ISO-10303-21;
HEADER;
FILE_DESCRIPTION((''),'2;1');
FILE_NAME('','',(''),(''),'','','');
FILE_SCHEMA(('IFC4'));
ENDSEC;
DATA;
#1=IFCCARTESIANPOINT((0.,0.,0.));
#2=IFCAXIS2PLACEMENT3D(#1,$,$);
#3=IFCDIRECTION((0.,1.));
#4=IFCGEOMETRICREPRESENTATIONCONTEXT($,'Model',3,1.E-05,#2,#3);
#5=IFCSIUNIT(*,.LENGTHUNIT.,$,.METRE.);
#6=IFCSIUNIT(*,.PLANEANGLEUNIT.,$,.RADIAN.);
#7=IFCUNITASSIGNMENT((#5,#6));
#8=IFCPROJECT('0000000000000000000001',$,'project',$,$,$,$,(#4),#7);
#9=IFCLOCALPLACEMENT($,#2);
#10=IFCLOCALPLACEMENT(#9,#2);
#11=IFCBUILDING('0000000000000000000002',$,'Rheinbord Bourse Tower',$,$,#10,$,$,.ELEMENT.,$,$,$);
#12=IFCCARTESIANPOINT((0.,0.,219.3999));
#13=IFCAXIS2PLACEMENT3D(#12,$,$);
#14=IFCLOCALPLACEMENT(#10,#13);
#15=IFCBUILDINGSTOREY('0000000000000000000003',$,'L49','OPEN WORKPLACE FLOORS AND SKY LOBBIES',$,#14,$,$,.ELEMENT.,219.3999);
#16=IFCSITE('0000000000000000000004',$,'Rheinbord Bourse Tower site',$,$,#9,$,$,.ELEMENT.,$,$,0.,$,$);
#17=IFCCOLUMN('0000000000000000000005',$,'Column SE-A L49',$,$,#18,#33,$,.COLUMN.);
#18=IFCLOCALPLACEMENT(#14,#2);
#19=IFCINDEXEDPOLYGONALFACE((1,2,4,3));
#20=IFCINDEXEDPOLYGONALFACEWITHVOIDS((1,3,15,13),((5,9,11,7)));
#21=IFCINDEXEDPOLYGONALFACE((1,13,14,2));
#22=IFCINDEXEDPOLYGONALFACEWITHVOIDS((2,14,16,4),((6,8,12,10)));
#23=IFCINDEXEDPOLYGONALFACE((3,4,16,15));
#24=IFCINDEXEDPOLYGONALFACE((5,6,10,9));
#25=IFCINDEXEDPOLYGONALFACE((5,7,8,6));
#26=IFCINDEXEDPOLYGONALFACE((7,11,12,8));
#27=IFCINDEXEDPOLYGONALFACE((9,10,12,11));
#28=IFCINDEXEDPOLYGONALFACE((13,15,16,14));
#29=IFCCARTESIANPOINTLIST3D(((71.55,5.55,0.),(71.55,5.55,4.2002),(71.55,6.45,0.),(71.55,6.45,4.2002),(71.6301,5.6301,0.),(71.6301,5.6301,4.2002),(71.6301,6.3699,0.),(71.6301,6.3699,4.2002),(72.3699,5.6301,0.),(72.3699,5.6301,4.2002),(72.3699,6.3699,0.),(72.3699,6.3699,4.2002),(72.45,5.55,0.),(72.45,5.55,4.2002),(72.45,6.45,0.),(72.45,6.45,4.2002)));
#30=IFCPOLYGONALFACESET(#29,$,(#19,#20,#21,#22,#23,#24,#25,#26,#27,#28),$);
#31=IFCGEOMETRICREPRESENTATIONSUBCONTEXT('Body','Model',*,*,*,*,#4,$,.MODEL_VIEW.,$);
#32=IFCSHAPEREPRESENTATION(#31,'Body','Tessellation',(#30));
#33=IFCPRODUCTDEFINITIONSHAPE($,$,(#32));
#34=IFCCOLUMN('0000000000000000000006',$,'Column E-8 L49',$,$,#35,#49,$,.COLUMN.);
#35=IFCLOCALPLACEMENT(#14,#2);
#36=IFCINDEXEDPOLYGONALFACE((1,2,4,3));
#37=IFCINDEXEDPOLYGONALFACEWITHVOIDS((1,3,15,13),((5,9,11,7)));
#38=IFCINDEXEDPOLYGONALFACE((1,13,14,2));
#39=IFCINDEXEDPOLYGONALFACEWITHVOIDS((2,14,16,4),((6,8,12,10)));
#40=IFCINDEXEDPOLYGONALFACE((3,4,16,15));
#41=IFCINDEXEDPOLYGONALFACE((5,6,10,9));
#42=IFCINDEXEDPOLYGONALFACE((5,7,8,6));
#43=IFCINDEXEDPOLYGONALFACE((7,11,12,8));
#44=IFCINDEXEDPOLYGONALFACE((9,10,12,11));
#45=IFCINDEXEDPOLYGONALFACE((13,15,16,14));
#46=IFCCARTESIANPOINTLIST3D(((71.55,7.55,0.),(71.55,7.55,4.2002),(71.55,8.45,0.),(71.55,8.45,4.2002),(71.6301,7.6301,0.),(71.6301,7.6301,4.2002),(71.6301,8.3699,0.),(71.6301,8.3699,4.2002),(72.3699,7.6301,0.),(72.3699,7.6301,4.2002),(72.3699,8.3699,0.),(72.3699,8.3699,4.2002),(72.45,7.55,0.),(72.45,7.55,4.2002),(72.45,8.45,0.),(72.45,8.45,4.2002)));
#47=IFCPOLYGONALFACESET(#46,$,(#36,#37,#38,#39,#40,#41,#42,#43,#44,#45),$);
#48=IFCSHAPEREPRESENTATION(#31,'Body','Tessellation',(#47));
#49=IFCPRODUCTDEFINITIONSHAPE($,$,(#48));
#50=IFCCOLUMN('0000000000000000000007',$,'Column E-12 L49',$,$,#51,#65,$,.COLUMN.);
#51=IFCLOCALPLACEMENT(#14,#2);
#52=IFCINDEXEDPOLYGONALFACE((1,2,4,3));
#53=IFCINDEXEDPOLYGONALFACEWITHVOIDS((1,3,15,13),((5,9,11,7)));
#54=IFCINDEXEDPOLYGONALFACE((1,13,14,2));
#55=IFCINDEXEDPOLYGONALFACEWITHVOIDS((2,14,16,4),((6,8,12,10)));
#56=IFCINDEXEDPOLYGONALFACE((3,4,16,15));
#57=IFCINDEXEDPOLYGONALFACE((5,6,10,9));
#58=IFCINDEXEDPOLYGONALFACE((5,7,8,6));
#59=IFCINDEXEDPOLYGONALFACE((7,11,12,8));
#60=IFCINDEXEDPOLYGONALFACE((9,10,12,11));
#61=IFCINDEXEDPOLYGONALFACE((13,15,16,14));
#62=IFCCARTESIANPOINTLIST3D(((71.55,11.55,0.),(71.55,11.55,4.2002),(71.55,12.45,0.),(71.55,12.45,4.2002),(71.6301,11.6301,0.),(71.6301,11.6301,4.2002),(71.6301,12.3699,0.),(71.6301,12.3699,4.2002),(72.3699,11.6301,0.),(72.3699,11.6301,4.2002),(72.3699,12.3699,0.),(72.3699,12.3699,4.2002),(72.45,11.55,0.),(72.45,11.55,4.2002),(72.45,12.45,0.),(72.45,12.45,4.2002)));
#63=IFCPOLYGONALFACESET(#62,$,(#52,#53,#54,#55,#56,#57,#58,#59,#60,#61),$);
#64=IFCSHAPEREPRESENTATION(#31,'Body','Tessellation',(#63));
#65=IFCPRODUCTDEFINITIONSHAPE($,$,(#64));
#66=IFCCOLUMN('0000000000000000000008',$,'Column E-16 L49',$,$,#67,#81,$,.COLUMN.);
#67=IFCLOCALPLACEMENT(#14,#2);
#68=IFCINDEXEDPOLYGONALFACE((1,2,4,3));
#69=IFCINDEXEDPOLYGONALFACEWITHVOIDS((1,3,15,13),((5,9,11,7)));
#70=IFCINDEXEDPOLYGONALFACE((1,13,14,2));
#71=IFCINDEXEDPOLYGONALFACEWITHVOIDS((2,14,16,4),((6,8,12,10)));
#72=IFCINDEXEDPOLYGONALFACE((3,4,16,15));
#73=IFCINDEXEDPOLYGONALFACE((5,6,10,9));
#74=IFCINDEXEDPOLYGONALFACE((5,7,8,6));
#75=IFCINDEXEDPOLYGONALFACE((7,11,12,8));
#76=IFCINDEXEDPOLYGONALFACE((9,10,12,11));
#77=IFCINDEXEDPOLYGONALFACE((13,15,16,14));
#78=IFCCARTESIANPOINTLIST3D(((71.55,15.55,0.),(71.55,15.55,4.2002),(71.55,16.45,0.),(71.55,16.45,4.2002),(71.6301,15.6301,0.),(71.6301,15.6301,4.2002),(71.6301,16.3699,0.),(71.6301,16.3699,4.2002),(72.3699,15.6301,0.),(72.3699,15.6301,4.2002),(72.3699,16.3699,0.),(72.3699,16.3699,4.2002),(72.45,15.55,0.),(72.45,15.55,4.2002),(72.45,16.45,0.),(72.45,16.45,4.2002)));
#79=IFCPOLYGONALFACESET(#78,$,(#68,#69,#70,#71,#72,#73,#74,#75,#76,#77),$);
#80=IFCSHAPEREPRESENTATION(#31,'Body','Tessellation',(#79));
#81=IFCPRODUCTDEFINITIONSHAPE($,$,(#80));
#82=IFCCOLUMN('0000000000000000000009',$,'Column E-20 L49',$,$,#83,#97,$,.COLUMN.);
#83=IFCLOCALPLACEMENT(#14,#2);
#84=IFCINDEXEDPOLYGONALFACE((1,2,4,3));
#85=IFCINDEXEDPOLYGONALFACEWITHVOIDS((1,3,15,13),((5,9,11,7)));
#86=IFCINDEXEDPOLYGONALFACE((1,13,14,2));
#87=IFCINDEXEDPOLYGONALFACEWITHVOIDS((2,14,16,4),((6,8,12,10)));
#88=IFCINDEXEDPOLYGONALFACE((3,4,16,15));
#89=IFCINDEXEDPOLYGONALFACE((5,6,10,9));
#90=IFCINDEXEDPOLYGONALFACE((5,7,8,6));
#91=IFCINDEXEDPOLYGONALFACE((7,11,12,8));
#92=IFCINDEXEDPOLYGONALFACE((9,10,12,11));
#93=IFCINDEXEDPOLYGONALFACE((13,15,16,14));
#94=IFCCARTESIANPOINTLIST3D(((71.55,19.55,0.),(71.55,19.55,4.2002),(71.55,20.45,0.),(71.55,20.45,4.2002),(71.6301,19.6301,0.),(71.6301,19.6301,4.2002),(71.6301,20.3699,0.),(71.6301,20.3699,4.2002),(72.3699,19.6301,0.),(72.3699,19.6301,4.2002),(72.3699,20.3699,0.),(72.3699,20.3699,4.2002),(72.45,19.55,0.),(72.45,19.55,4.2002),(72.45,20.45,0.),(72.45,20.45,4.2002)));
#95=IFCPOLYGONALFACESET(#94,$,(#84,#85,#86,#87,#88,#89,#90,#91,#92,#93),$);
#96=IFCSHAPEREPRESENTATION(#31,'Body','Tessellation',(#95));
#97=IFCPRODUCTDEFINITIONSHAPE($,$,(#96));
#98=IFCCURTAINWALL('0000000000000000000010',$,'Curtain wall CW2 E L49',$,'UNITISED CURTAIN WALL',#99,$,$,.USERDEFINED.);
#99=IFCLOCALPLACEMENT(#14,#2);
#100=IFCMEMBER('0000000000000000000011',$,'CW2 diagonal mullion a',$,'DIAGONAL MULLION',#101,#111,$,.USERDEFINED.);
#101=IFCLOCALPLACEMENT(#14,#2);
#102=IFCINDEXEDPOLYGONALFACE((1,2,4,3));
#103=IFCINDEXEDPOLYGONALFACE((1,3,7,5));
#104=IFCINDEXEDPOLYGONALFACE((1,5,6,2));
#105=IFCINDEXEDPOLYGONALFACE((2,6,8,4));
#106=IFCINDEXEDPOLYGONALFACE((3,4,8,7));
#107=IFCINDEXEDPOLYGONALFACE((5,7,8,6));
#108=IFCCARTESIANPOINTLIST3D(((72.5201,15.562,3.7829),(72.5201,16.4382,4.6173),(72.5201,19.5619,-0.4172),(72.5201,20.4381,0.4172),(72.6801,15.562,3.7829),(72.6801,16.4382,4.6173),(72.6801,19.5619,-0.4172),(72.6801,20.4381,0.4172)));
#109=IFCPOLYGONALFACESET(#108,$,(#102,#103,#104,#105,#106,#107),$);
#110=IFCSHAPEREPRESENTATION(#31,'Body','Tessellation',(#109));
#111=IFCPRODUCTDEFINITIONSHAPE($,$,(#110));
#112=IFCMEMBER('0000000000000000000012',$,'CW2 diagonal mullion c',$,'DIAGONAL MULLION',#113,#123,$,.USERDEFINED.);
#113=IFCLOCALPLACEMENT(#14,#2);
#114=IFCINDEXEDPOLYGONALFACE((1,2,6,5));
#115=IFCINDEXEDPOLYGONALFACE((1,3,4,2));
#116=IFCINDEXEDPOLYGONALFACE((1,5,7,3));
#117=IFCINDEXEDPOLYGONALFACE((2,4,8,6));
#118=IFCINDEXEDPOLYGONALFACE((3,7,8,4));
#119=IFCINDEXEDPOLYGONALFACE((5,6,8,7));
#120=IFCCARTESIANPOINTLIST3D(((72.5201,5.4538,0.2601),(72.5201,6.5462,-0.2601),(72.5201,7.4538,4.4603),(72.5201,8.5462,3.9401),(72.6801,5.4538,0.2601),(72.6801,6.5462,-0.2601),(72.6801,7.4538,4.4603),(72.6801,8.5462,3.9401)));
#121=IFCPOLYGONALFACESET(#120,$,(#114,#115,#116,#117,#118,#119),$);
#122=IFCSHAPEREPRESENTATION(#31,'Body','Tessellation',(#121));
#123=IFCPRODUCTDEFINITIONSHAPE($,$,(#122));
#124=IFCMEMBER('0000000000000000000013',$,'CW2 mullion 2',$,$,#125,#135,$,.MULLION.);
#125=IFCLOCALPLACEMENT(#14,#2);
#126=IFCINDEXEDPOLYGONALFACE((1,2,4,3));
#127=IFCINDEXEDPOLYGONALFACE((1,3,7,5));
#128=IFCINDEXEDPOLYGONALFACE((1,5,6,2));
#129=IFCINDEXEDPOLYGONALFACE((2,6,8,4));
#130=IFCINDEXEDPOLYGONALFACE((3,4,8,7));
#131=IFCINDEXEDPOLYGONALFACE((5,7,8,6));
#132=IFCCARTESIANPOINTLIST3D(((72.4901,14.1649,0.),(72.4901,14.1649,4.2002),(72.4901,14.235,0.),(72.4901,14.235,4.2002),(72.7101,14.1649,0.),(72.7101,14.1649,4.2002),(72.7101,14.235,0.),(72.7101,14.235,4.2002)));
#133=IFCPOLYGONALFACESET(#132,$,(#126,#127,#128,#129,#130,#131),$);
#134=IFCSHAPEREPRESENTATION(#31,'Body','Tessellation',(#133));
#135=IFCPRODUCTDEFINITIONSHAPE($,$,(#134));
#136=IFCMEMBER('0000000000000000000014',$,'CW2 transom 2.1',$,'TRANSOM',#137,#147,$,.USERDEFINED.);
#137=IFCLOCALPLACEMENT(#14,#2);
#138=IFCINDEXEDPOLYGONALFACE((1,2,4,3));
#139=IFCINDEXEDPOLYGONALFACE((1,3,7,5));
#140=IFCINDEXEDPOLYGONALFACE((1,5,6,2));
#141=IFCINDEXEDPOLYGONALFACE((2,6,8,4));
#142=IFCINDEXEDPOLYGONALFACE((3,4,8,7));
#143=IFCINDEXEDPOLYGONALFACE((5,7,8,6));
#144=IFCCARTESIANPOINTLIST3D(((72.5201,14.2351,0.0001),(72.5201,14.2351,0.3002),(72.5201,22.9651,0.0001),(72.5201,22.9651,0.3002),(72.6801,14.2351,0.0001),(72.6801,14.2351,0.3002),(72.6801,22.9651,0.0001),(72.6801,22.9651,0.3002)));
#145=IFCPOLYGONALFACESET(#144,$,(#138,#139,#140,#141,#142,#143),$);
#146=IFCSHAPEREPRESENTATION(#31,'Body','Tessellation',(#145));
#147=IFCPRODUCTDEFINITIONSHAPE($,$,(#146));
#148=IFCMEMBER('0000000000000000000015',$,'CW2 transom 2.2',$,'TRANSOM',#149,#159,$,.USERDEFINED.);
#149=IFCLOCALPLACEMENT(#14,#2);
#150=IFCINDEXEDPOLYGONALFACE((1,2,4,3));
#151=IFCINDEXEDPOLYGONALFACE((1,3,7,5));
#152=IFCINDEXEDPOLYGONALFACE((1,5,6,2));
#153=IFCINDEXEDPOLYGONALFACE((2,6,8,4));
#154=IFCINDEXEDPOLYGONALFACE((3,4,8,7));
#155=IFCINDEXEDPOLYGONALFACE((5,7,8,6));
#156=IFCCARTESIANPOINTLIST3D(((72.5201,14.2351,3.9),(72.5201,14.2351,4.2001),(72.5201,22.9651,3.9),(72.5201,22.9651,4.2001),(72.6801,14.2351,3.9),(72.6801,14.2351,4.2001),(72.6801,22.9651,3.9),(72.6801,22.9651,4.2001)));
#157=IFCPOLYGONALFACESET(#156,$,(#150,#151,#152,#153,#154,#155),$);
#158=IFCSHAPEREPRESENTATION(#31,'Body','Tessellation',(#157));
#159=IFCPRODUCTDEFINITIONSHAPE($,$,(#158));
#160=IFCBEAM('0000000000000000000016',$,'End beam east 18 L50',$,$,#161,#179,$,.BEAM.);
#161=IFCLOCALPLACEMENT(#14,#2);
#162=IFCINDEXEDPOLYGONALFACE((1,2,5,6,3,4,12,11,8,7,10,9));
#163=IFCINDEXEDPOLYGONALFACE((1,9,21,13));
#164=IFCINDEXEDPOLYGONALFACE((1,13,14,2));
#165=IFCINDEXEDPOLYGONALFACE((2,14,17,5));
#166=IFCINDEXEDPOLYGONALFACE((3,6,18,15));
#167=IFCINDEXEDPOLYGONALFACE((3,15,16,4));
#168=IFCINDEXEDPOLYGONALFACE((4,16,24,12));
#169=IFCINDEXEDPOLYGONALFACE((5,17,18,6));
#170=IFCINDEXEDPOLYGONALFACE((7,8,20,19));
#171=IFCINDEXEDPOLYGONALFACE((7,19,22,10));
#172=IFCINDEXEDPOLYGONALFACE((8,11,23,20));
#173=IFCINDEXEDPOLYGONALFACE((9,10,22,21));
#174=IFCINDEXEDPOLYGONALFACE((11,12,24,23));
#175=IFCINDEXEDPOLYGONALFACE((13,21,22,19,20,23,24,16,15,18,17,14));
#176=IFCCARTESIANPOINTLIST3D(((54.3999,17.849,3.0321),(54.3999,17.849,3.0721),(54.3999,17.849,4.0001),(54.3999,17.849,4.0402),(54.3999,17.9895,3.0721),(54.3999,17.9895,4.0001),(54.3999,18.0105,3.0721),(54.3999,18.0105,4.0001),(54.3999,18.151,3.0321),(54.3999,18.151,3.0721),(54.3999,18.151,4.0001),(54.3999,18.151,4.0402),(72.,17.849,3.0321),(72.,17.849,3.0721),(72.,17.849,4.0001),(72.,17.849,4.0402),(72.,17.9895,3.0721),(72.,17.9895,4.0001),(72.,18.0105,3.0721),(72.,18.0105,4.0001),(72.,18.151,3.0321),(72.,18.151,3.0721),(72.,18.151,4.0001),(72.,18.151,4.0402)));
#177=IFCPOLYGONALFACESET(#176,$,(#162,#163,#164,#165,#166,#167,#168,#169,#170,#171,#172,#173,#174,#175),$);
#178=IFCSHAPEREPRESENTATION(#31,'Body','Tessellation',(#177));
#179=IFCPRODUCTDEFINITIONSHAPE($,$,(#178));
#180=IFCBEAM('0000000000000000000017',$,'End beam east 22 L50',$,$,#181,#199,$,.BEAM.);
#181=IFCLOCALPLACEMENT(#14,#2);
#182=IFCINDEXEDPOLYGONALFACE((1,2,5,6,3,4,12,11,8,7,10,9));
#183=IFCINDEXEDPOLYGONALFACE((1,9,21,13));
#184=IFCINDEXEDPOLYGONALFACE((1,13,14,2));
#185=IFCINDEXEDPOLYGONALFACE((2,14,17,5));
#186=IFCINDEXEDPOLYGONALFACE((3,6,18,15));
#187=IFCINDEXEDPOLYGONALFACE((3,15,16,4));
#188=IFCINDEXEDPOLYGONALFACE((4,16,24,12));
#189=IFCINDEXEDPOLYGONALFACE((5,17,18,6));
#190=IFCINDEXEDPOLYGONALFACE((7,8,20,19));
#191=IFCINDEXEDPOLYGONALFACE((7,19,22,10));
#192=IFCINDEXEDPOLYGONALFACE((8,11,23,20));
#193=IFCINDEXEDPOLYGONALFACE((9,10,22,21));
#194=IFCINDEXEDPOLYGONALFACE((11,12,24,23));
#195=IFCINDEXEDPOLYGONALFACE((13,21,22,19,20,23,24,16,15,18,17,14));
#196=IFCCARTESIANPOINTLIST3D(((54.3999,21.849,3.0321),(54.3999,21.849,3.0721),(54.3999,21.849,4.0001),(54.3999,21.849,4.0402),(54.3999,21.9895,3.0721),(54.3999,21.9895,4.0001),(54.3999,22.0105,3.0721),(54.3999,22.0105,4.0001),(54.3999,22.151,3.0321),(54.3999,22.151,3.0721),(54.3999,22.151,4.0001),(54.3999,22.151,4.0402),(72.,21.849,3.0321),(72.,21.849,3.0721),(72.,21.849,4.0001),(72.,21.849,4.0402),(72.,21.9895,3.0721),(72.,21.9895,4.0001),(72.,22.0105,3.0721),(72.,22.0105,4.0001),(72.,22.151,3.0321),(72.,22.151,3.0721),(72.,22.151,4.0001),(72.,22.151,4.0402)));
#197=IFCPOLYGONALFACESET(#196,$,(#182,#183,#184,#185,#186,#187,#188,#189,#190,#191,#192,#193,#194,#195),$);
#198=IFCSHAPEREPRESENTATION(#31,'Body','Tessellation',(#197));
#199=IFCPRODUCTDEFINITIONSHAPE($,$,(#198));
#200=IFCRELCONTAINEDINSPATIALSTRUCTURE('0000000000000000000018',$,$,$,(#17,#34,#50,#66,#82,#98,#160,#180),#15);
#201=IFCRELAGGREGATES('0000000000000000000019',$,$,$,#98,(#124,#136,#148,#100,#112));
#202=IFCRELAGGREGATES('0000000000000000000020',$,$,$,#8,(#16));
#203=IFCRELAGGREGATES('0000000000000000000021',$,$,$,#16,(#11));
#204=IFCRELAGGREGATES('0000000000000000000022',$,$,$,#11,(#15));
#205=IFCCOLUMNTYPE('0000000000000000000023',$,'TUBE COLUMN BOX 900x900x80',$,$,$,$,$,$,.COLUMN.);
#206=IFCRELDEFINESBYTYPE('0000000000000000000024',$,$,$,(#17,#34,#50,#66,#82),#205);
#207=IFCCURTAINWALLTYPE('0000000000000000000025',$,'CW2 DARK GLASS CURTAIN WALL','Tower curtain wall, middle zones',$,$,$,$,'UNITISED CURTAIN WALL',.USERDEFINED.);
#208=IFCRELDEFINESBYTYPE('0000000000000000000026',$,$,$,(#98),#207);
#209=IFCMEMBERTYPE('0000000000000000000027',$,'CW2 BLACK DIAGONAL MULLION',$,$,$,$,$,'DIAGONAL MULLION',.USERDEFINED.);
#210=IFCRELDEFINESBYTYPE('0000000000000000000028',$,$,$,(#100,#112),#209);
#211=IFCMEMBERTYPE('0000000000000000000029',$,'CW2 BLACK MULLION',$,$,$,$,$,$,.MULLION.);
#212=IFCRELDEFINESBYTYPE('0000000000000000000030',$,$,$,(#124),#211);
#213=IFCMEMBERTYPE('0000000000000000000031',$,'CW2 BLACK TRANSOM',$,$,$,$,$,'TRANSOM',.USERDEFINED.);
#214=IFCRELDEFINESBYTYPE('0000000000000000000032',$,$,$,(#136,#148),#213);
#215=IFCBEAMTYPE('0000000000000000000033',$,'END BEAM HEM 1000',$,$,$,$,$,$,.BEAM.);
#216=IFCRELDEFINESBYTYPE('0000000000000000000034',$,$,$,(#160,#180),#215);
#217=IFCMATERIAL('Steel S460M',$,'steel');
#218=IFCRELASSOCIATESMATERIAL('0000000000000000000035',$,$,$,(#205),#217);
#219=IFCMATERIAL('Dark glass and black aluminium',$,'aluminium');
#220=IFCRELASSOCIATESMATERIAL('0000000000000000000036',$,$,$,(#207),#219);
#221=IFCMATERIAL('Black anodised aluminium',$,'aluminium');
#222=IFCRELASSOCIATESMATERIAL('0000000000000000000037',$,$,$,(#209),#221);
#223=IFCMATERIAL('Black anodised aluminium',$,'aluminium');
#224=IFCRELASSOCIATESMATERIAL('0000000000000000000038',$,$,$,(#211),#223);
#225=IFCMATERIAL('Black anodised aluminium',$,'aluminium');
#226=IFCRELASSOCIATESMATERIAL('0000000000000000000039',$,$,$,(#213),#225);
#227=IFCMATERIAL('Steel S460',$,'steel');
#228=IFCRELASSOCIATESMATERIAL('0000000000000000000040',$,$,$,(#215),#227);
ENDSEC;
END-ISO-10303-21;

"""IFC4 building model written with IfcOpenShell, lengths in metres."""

from ifc_helpers import new_model, si_unit, direction, frame, origin, origin_2d, place, context, subcontext, project, spatial, rectangle, hollow_rectangle, i_section, extrude, material, material_profile, profile_set, type_object, element, aggregate, save


model = new_model("IFC4")

# Units and contexts
model_context = context("Model", 3, precision=1e-05, world=origin(), true_north=direction((0.0, 1.0)))
body_context = subcontext(model_context, "Body", "Model", "MODEL_VIEW")
ifc_project = project(units=[si_unit("LENGTHUNIT", "METRE"), si_unit("PLANEANGLEUNIT", "RADIAN")], contexts=[model_context])

# Site, building, storey
site_placement = place(None, origin())
site = spatial("IfcSite", under=ifc_project, at=site_placement, Name="Rheinbord Bourse Tower site", CompositionType="ELEMENT", RefElevation=0.0)
building_placement = place(site_placement, origin())
building = spatial("IfcBuilding", under=site, at=building_placement, Name="Rheinbord Bourse Tower", CompositionType="ELEMENT")
storey_placement = place(building_placement, frame((0.0, 0.0, 219.3999)))
storey = spatial("IfcBuildingStorey", under=building, at=storey_placement, Name="L49", Description="OPEN WORKPLACE FLOORS AND SKY LOBBIES", CompositionType="ELEMENT", Elevation=219.3999)

# Columns
ifc_material_1 = material(Name="Steel S460M", Category="steel")
ifc_material_profile_1 = material_profile(ifc_material_1, hollow_rectangle(XDim=0.8999, YDim=0.8999, WallThickness=0.0801, at=origin_2d()), Name="BOX 900x900x80")
ifc_profile_set_1 = profile_set([ifc_material_profile_1], Name="Steel S460M")
column_type = type_object("IfcColumnType", Name="TUBE COLUMN BOX 900x900x80", PredefinedType="COLUMN", material=ifc_profile_set_1)
for number, where, z_axis, x_axis, name in (
    (1, (72.0, 6.0, 0.0), (0.0, 0.0, 1.0), (1.0, 0.0, 0.0), "Column SE-A L49"),
    (2, (72.0, 8.0, 0.0), (0.0, 0.0, 1.0), (1.0, 0.0, 0.0), "Column E-8 L49"),
    (3, (72.0, 12.0, 0.0), (0.0, 0.0, 1.0), (1.0, 0.0, 0.0), "Column E-12 L49"),
    (4, (72.0, 16.0, 0.0), (0.0, 0.0, 1.0), (1.0, 0.0, 0.0), "Column E-16 L49"),
    (5, (72.0, 20.0, 0.0), (0.0, 0.0, 1.0), (1.0, 0.0, 0.0), "Column E-20 L49"),
):
    element("IfcColumn", number, at=place(storey_placement, frame(where, z_axis=z_axis, x_axis=x_axis)), inside=storey, type_object=column_type, Name=name, PredefinedType="COLUMN", context=body_context, shape_type="SweptSolid", body=[
        extrude(hollow_rectangle(XDim=0.8999, YDim=0.8999, WallThickness=0.0801, at=origin_2d()), origin(), (0.0, 0.0, 1.0), 4.2002),
    ])

# Curtain wall, members
ifc_material_2 = material(Name="Dark glass and black aluminium", Category="aluminium")
curtain_wall_type = type_object("IfcCurtainWallType", Name="CW2 DARK GLASS CURTAIN WALL", Description="Tower curtain wall, middle zones", ElementType="UNITISED CURTAIN WALL", PredefinedType="USERDEFINED", material=ifc_material_2)
curtain_wall_placement = place(storey_placement, origin())
curtain_wall = element("IfcCurtainWall", 6, at=curtain_wall_placement, inside=storey, type_object=curtain_wall_type, Name="Curtain wall CW2 E L49", ObjectType="UNITISED CURTAIN WALL", PredefinedType="USERDEFINED")
ifc_material_3 = material(Name="Black anodised aluminium", Category="aluminium")
ifc_material_profile_2 = material_profile(ifc_material_3, rectangle(XDim=0.1599, YDim=1.21, at=origin_2d()), Name="CW2 DIAGONAL MULLION 1210x160")
ifc_profile_set_2 = profile_set([ifc_material_profile_2], Name="Black anodised aluminium")
member_type_1 = type_object("IfcMemberType", Name="CW2 BLACK DIAGONAL MULLION", ElementType="DIAGONAL MULLION", PredefinedType="USERDEFINED", material=ifc_profile_set_2)
member_1_placement = place(storey_placement, frame((72.6001, 20.0, 0.0), z_axis=(0.0, -0.689638, 0.724154), x_axis=(1.0, 0.0, 0.0)))
member_1 = element("IfcMember", 7, at=member_1_placement, type_object=member_type_1, Name="CW2 diagonal mullion a", ObjectType="DIAGONAL MULLION", PredefinedType="USERDEFINED", context=body_context, shape_type="SweptSolid", body=[
    extrude(rectangle(XDim=0.1599, YDim=1.21, at=origin_2d()), origin(), (0.0, 0.0, 1.0), 5.8),
])
member_2_placement = place(storey_placement, frame((72.6001, 6.0, 0.0), z_axis=(0.0, 0.429917, 0.902868), x_axis=(-1.0, 0.0, 0.0)))
member_2 = element("IfcMember", 8, at=member_2_placement, type_object=member_type_1, Name="CW2 diagonal mullion c", ObjectType="DIAGONAL MULLION", PredefinedType="USERDEFINED", context=body_context, shape_type="SweptSolid", body=[
    extrude(rectangle(XDim=0.1599, YDim=1.21, at=origin_2d()), origin(), (0.0, 0.0, 1.0), 4.6521),
])
ifc_material_4 = material(Name="Black anodised aluminium", Category="aluminium")
ifc_material_profile_3 = material_profile(ifc_material_4, rectangle(XDim=0.22, YDim=0.0701, at=origin_2d()), Name="CW2 MULLION 70x220")
ifc_profile_set_3 = profile_set([ifc_material_profile_3], Name="Black anodised aluminium")
member_type_2 = type_object("IfcMemberType", Name="CW2 BLACK MULLION", PredefinedType="MULLION", material=ifc_profile_set_3)
member_3_placement = place(storey_placement, frame((72.6001, 14.2, 0.0), z_axis=(0.0, 0.0, 1.0), x_axis=(-1.0, 0.0, 0.0)))
member_3 = element("IfcMember", 9, at=member_3_placement, type_object=member_type_2, Name="CW2 mullion 2", PredefinedType="MULLION", context=body_context, shape_type="SweptSolid", body=[
    extrude(rectangle(XDim=0.22, YDim=0.0701, at=origin_2d()), origin(), (0.0, 0.0, 1.0), 4.2002),
])
ifc_material_5 = material(Name="Black anodised aluminium", Category="aluminium")
ifc_material_profile_4 = material_profile(ifc_material_5, rectangle(XDim=0.1599, YDim=0.3, at=origin_2d()), Name="CW2 TRANSOM 300x160")
ifc_profile_set_4 = profile_set([ifc_material_profile_4], Name="Black anodised aluminium")
member_type_3 = type_object("IfcMemberType", Name="CW2 BLACK TRANSOM", ElementType="TRANSOM", PredefinedType="USERDEFINED", material=ifc_profile_set_4)
member_4_placement = place(storey_placement, frame((72.6001, 14.2351, 0.1501), z_axis=(0.0, 1.0, 0.0), x_axis=(-1.0, 0.0, 0.0)))
member_4 = element("IfcMember", 10, at=member_4_placement, type_object=member_type_3, Name="CW2 transom 2.1", ObjectType="TRANSOM", PredefinedType="USERDEFINED", context=body_context, shape_type="SweptSolid", body=[
    extrude(rectangle(XDim=0.1599, YDim=0.3, at=origin_2d()), origin(), (0.0, 0.0, 1.0), 8.73),
])
member_5_placement = place(storey_placement, frame((72.6001, 14.2351, 4.05), z_axis=(0.0, 1.0, 0.0), x_axis=(-1.0, 0.0, 0.0)))
member_5 = element("IfcMember", 11, at=member_5_placement, type_object=member_type_3, Name="CW2 transom 2.2", ObjectType="TRANSOM", PredefinedType="USERDEFINED", context=body_context, shape_type="SweptSolid", body=[
    extrude(rectangle(XDim=0.1599, YDim=0.3, at=origin_2d()), origin(), (0.0, 0.0, 1.0), 8.73),
])

# Beams
ifc_material_6 = material(Name="Steel S460", Category="steel")
ifc_material_profile_5 = material_profile(ifc_material_6, i_section(OverallWidth=0.302, OverallDepth=1.0081, WebThickness=0.021, FlangeThickness=0.04, at=origin_2d()), Name="HEM 1000")
ifc_profile_set_5 = profile_set([ifc_material_profile_5], Name="Steel S460")
beam_type_1 = type_object("IfcBeamType", Name="END BEAM HEM 1000", PredefinedType="BEAM", material=ifc_profile_set_5)
for number, where, z_axis, x_axis, name in (
    (12, (54.3999, 18.0, 3.5361), (1.0, 0.0, 0.0), (0.0, 1.0, 0.0), "End beam east 18 L50"),
    (13, (54.3999, 22.0, 3.5361), (1.0, 0.0, 0.0), (0.0, 1.0, 0.0), "End beam east 22 L50"),
):
    element("IfcBeam", number, at=place(storey_placement, frame(where, z_axis=z_axis, x_axis=x_axis)), inside=storey, type_object=beam_type_1, Name=name, PredefinedType="BEAM", context=body_context, shape_type="SweptSolid", body=[
        extrude(i_section(OverallWidth=0.302, OverallDepth=1.0081, WebThickness=0.021, FlangeThickness=0.04, at=origin_2d()), origin(), (0.0, 0.0, 1.0), 17.6001),
    ])

aggregate(curtain_wall, [member_3, member_4, member_5, member_1, member_2])

save(model, "model.ifc")
